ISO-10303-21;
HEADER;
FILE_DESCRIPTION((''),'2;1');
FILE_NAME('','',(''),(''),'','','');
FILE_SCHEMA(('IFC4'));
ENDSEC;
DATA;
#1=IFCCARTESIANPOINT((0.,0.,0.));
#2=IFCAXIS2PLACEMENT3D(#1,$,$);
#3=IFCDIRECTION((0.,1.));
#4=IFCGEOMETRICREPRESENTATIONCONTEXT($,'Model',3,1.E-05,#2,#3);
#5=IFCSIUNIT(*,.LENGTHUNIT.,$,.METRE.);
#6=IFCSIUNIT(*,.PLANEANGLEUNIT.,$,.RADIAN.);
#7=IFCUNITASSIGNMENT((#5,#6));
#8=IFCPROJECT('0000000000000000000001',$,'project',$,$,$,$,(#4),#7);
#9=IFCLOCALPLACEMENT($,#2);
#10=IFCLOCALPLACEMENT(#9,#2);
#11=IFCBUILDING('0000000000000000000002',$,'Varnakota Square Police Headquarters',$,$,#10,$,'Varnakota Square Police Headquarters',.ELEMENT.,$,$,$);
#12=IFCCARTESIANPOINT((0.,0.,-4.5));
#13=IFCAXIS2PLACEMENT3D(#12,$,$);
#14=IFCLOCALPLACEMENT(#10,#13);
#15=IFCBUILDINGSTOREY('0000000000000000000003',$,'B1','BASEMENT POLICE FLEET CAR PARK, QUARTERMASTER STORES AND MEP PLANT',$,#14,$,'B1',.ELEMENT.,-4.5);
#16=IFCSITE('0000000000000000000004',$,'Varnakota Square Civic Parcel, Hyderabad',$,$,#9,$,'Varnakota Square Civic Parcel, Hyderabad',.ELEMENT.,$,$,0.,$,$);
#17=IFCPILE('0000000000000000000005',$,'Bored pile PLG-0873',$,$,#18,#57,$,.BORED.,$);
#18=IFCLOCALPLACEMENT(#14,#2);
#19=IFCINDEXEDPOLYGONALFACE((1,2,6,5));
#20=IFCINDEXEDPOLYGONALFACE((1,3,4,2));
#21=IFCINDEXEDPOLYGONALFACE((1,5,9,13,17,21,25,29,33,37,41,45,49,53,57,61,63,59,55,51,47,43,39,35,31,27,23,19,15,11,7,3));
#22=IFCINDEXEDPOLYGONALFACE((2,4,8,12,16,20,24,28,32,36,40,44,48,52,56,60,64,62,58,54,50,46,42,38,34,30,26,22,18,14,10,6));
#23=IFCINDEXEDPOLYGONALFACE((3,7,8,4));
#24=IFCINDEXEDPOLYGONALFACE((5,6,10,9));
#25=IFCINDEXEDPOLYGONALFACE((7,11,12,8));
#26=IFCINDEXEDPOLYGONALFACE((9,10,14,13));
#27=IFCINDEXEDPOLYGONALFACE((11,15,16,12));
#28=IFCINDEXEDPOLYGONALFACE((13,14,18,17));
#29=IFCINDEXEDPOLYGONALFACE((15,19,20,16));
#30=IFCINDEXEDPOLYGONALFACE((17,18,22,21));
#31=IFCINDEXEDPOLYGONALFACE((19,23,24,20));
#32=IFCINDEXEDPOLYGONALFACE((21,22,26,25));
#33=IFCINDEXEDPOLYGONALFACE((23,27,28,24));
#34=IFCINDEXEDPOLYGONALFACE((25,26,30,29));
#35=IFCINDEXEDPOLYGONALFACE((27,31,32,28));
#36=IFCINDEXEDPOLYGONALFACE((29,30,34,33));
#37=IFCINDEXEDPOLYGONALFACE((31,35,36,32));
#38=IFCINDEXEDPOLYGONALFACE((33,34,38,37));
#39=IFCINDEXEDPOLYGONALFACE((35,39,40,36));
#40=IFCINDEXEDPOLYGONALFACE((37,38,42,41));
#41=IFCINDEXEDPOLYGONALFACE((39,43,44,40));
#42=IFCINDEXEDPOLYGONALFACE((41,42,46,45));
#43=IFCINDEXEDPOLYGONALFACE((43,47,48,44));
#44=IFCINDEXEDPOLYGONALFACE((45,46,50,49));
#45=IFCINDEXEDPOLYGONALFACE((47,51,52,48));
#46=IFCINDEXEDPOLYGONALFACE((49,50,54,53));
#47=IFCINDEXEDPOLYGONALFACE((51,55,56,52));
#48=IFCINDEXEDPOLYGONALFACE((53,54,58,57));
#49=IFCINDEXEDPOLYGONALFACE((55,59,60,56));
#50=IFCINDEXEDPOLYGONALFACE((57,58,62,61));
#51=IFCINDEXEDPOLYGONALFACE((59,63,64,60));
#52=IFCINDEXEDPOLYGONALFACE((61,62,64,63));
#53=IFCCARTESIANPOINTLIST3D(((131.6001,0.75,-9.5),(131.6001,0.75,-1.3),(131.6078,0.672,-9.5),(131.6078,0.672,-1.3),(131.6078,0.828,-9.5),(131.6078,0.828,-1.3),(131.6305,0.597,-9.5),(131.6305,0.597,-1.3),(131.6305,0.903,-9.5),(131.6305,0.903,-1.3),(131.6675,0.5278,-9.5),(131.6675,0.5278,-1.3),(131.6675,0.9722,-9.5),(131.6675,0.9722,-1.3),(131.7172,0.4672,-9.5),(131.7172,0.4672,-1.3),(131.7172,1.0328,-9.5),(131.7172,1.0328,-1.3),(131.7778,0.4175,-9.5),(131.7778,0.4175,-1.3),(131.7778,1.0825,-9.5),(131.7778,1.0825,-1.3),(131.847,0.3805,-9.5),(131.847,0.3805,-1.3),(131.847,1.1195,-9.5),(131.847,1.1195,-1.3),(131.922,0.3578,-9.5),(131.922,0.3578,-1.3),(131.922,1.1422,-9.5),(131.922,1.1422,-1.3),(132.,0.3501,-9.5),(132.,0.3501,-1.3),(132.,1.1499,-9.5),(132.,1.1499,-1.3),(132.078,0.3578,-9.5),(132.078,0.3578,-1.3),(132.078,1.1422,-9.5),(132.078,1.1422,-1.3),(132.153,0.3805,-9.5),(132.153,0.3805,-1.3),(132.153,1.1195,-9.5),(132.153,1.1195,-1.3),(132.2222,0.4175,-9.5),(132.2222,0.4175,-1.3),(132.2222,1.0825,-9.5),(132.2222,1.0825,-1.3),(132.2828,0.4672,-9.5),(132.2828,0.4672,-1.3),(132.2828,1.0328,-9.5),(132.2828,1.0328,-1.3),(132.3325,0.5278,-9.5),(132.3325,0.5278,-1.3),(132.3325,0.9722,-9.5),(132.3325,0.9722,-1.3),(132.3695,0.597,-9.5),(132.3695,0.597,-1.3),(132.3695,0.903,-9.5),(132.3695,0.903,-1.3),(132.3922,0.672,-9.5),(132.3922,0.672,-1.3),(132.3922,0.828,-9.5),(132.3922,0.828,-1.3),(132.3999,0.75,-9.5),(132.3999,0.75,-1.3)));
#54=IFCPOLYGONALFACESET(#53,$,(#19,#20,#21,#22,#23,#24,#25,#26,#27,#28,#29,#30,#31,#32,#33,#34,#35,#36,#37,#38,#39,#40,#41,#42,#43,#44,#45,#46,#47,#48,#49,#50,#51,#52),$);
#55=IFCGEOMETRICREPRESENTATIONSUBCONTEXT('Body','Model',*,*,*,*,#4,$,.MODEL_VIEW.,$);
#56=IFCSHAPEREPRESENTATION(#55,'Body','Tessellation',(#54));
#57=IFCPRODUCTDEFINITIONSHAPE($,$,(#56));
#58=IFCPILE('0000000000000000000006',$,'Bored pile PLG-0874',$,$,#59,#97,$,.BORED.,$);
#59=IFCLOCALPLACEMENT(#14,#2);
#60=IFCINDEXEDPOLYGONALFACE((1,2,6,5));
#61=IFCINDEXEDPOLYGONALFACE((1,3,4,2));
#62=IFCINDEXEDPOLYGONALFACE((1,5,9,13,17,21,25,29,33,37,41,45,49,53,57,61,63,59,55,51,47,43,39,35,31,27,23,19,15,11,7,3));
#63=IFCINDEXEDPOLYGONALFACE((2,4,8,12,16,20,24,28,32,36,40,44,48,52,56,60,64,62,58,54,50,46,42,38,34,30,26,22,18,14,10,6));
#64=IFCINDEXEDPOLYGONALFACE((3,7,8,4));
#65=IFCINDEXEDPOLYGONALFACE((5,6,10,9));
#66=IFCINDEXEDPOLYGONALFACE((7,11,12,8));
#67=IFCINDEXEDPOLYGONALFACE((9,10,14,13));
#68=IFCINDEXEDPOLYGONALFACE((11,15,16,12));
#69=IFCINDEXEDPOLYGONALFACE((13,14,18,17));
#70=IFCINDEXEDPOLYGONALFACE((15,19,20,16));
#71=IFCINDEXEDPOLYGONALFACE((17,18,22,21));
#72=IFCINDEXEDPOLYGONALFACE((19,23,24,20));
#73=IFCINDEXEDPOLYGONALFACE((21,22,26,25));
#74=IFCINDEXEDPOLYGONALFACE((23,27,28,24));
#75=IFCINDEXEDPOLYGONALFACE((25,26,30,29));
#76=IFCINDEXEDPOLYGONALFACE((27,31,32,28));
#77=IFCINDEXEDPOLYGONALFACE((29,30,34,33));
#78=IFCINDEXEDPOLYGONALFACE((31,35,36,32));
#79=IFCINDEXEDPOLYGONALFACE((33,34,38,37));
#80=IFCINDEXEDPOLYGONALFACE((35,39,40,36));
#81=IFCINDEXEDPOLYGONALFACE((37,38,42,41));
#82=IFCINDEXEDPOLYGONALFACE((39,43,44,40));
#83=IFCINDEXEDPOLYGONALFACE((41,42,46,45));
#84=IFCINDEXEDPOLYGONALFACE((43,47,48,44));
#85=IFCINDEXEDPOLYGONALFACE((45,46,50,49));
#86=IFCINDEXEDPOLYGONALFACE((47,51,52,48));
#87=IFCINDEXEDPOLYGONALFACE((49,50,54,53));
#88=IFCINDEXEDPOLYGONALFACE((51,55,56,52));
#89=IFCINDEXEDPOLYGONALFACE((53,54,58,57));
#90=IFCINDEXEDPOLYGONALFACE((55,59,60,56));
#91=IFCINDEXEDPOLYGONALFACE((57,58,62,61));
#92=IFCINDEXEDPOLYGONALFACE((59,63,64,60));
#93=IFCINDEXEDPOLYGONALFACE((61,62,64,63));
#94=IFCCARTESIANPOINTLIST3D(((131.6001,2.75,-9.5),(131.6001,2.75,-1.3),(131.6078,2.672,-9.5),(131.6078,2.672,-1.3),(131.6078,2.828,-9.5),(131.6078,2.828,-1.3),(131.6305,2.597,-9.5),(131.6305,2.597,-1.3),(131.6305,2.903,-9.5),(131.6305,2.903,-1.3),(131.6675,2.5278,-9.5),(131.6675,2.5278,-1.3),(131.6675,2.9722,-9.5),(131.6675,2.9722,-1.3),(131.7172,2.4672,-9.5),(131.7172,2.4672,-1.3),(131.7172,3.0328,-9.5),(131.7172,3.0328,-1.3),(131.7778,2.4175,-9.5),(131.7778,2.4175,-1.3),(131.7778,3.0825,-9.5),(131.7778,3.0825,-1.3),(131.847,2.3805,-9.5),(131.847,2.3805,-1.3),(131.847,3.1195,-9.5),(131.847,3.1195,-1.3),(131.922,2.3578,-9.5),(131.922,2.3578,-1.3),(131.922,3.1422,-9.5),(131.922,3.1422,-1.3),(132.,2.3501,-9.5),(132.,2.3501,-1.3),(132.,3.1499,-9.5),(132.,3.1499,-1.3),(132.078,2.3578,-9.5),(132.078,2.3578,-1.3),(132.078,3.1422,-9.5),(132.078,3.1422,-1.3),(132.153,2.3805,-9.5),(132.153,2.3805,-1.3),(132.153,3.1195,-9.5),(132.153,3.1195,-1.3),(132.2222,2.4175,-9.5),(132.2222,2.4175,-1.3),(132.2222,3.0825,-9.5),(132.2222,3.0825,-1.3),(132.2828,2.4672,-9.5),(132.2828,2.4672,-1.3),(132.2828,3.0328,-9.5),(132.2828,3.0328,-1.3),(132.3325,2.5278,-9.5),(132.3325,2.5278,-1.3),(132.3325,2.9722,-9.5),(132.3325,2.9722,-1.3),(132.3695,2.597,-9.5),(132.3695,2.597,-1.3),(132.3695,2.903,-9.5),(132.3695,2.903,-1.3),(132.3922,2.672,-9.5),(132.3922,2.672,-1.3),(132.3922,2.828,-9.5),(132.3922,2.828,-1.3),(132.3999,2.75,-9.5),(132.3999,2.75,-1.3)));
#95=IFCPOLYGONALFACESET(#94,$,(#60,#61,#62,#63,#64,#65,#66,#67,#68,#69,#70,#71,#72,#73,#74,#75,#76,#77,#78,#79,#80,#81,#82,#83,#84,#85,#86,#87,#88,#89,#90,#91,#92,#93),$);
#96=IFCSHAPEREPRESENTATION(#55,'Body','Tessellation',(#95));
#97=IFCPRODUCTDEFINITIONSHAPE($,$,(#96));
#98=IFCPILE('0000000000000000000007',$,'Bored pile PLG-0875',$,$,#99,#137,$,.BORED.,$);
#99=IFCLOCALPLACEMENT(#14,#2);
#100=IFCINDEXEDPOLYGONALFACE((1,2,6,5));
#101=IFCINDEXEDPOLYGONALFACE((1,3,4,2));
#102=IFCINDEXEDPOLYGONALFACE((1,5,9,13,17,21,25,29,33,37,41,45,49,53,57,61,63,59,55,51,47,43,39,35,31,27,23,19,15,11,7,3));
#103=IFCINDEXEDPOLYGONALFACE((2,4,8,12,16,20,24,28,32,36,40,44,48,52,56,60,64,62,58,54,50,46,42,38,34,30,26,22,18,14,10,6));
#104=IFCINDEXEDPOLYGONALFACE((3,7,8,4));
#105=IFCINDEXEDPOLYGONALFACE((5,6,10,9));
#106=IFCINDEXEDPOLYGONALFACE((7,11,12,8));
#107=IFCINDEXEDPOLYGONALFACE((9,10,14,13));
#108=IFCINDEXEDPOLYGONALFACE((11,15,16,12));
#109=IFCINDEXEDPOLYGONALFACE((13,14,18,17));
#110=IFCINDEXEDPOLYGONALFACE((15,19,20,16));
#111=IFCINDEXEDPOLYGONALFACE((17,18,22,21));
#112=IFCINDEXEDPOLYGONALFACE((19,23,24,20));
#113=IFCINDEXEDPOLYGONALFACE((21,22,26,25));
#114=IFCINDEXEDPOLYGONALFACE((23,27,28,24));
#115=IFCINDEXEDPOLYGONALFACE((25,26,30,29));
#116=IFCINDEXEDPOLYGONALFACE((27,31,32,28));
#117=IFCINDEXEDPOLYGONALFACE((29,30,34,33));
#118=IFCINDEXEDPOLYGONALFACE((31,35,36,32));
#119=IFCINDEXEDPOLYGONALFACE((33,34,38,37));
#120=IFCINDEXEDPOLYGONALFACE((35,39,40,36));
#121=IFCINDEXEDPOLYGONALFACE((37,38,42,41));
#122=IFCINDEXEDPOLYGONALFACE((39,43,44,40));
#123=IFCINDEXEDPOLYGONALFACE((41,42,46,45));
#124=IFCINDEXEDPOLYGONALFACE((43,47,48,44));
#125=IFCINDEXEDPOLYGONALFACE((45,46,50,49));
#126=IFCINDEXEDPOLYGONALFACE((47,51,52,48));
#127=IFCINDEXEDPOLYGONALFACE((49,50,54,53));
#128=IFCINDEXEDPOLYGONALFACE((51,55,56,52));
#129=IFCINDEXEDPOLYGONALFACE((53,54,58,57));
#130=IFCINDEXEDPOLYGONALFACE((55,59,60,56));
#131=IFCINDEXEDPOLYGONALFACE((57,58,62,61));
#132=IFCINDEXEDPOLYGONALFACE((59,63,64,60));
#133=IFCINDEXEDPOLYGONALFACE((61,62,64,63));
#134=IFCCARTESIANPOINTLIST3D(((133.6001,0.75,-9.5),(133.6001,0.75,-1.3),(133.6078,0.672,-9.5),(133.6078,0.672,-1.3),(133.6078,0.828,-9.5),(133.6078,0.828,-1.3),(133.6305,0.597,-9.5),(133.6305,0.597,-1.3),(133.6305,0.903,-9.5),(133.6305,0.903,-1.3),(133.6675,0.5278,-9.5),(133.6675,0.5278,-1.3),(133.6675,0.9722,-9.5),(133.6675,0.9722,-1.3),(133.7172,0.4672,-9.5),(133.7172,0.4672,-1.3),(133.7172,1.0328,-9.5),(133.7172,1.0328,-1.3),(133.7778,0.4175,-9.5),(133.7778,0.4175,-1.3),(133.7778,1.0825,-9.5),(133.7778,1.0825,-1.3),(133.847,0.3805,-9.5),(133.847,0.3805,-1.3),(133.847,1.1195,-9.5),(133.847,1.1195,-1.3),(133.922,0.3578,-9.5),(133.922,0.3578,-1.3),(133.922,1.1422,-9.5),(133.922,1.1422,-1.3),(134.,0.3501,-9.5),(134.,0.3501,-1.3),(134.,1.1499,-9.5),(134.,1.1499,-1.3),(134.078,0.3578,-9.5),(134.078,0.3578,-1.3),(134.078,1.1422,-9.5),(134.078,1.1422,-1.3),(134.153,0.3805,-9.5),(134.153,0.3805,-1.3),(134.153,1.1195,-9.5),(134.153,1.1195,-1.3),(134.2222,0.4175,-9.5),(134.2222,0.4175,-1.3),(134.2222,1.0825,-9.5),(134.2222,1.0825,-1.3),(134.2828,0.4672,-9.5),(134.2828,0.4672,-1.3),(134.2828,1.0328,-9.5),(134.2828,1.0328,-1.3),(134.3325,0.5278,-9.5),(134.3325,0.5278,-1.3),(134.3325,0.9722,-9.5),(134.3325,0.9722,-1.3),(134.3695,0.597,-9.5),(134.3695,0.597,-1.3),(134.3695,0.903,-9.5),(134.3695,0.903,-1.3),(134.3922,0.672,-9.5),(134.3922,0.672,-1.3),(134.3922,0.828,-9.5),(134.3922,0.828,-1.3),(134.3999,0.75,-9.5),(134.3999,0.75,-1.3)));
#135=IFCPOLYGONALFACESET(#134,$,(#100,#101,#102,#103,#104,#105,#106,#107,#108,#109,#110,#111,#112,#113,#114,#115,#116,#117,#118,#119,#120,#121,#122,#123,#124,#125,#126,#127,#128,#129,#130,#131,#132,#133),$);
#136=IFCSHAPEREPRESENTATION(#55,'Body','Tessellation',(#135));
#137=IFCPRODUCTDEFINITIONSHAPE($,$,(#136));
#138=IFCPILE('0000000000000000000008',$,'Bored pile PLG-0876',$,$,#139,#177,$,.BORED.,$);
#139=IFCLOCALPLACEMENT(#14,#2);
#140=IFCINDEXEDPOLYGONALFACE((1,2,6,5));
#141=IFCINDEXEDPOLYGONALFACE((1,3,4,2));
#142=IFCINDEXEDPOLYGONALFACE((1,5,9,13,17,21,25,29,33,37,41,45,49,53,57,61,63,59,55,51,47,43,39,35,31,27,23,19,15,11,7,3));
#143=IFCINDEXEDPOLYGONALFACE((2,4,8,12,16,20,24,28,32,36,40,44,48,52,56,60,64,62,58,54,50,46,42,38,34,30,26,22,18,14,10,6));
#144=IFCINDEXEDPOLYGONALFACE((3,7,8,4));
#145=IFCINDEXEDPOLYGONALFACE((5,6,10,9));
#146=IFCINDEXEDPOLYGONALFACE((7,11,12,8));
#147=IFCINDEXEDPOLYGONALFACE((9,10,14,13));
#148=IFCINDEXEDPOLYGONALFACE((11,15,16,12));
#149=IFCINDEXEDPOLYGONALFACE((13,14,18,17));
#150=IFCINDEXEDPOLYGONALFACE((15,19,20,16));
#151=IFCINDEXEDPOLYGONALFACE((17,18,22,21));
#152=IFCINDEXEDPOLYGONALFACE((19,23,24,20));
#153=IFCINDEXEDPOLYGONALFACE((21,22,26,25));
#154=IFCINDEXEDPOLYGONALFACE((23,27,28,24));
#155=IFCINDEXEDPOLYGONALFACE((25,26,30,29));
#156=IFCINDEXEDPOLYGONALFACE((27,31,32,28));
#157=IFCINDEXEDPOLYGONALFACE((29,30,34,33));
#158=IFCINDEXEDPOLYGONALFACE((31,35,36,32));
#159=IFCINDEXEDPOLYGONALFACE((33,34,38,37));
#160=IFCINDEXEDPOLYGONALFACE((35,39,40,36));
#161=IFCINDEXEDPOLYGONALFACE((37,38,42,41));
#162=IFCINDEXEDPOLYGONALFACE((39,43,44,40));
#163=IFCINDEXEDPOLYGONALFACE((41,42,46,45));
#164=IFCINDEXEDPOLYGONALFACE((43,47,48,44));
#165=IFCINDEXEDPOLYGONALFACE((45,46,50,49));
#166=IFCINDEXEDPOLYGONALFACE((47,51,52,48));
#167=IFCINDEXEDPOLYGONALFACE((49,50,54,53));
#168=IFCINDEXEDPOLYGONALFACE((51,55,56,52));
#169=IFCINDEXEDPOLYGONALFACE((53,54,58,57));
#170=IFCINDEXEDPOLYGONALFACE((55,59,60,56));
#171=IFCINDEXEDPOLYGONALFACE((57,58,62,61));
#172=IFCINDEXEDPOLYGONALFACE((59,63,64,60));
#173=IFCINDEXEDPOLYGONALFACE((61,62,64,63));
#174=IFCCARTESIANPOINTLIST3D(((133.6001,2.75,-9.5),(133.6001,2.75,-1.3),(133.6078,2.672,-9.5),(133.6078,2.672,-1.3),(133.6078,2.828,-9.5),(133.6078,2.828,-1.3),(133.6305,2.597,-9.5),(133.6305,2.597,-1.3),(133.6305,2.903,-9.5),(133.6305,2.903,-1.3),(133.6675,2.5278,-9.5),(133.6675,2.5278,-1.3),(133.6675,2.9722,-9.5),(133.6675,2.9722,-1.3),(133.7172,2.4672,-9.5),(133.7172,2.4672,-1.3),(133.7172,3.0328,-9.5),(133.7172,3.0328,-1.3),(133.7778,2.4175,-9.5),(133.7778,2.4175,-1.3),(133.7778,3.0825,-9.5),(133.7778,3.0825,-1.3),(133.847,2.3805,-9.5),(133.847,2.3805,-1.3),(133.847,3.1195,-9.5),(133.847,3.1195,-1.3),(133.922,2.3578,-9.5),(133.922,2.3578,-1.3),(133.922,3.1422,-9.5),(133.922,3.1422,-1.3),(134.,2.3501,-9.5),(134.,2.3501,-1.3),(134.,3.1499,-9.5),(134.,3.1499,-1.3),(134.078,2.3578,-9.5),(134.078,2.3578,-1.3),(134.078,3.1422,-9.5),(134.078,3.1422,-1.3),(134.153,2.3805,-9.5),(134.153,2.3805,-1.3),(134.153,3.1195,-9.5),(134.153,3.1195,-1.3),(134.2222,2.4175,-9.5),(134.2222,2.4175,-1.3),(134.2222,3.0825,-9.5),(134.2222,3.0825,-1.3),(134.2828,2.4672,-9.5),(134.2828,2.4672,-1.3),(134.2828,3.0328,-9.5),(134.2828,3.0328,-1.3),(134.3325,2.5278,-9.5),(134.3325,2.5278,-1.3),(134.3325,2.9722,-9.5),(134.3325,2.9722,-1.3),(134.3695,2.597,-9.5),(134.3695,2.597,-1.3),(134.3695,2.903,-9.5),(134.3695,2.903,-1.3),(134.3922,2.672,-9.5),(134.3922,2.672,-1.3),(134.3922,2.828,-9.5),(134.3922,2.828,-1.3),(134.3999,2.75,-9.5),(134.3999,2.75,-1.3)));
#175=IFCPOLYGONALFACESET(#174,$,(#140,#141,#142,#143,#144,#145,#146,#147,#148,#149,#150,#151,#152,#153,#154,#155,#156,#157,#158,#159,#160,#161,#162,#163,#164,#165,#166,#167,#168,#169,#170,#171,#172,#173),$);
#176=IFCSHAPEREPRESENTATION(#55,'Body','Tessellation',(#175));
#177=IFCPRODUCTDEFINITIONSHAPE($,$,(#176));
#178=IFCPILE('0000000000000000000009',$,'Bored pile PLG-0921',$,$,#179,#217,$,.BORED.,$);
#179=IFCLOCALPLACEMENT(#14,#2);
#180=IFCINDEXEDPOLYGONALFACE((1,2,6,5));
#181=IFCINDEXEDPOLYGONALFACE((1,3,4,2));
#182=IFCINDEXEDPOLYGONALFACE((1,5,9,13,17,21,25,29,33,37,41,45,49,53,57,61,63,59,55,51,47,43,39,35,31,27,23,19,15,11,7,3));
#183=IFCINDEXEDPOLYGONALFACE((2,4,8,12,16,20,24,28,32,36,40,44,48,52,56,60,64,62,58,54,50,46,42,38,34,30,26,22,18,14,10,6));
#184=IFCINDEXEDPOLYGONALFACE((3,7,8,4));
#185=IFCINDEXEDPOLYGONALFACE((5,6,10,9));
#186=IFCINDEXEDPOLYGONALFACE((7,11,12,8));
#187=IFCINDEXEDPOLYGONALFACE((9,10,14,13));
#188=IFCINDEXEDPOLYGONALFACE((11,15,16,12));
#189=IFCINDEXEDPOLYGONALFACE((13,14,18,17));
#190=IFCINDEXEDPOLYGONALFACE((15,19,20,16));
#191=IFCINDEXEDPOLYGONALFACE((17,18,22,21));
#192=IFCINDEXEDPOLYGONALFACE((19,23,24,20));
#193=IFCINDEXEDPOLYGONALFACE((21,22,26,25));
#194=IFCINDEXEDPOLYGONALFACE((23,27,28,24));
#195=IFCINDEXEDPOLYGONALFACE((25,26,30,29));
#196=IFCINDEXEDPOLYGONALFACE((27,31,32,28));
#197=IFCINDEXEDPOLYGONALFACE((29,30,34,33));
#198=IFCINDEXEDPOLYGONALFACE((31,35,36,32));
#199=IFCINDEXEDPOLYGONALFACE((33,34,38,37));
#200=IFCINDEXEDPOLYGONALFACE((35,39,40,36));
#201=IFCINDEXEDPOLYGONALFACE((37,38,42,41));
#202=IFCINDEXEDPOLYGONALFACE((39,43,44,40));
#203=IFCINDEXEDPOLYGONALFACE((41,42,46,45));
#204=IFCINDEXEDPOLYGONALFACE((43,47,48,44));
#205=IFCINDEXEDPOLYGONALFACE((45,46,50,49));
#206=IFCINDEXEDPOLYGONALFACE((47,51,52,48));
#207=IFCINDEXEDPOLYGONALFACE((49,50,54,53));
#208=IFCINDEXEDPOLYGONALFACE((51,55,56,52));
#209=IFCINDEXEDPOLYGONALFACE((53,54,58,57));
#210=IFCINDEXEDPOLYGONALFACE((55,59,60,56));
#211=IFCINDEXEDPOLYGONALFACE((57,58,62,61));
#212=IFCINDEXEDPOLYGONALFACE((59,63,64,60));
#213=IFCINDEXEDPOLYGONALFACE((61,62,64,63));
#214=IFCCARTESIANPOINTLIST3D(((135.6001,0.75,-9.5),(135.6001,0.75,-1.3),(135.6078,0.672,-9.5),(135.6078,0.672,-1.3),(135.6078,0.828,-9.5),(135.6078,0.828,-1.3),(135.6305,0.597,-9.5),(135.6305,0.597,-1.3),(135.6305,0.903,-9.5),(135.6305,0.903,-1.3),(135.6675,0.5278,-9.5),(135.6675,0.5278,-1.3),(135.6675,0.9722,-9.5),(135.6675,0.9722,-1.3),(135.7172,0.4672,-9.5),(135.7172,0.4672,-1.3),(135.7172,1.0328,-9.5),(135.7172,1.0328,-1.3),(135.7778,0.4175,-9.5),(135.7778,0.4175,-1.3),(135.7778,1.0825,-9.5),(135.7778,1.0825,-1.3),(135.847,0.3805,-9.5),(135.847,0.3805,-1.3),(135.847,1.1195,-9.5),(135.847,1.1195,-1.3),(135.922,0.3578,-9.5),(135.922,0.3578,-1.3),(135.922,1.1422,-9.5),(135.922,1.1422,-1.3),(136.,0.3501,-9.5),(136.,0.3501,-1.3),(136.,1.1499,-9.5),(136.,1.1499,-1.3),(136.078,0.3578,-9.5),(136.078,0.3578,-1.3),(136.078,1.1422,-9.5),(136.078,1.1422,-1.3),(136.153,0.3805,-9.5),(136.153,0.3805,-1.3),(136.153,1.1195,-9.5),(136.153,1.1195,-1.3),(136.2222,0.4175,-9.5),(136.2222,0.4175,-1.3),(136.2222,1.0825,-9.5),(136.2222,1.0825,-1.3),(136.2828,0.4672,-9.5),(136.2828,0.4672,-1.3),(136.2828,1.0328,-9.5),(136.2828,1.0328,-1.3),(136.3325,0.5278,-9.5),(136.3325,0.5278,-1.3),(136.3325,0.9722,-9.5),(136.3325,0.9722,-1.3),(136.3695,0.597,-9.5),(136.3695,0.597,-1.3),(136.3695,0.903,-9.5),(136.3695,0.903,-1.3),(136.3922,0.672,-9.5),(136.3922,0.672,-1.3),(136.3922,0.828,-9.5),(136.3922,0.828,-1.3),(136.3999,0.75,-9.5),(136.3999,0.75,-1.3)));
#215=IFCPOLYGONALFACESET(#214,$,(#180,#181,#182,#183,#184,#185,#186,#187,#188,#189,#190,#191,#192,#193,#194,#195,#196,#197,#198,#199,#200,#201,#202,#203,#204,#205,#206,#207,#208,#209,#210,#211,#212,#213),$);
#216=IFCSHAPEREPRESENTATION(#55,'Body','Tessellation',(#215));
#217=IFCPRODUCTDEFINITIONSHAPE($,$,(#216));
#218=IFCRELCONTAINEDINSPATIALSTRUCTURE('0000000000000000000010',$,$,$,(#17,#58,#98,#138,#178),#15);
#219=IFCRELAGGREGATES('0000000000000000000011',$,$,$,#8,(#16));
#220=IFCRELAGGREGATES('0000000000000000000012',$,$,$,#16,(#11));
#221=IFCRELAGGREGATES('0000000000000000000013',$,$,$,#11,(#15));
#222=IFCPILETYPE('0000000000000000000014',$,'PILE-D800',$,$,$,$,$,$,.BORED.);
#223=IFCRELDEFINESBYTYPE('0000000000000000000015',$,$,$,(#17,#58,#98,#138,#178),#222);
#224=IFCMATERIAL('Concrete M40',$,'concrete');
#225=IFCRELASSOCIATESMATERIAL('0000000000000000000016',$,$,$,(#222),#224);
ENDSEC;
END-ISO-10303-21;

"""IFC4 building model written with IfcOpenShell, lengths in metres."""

from ifc_helpers import new_model, si_unit, direction, frame, origin, origin_2d, place, context, subcontext, project, spatial, circle, extrude, material, material_profile, profile_set, type_object, element, save


model = new_model("IFC4")

# Units and contexts
model_context = context("Model", 3, precision=1e-05, world=origin(), true_north=direction((0.0, 1.0)))
body_context = subcontext(model_context, "Body", "Model", "MODEL_VIEW")
ifc_project = project(units=[si_unit("LENGTHUNIT", "METRE"), si_unit("PLANEANGLEUNIT", "RADIAN")], contexts=[model_context])

# Site, building, storey
site_placement = place(None, origin())
site = spatial("IfcSite", under=ifc_project, at=site_placement, Name="Varnakota Square Civic Parcel, Hyderabad", LongName="Varnakota Square Civic Parcel, Hyderabad", CompositionType="ELEMENT", RefElevation=0.0)
building_placement = place(site_placement, origin())
building = spatial("IfcBuilding", under=site, at=building_placement, Name="Varnakota Square Police Headquarters", LongName="Varnakota Square Police Headquarters", CompositionType="ELEMENT")
storey_placement = place(building_placement, frame((0.0, 0.0, -4.5)))
storey = spatial("IfcBuildingStorey", under=building, at=storey_placement, Name="B1", Description="BASEMENT POLICE FLEET CAR PARK, QUARTERMASTER STORES AND MEP PLANT", LongName="B1", CompositionType="ELEMENT", Elevation=-4.5)

# Piles
ifc_material_1 = material(Name="Concrete M40", Category="concrete")
ifc_material_profile_1 = material_profile(ifc_material_1, circle(Radius=0.3999, at=origin_2d()), Name="BORED PILE 800")
ifc_profile_set_1 = profile_set([ifc_material_profile_1], Name="Concrete M40")
pile_type = type_object("IfcPileType", Name="PILE-D800", PredefinedType="BORED", material=ifc_profile_set_1)
for number, where, z_axis, x_axis, name in (
    (1, (132.0, 0.75, -1.3), (0.0, 0.0, -1.0), (1.0, 0.0, 0.0), "Bored pile PLG-0873"),
    (2, (132.0, 2.75, -1.3), (0.0, 0.0, -1.0), (1.0, 0.0, 0.0), "Bored pile PLG-0874"),
    (3, (134.0, 0.75, -1.3), (0.0, 0.0, -1.0), (1.0, 0.0, 0.0), "Bored pile PLG-0875"),
    (4, (134.0, 2.75, -1.3), (0.0, 0.0, -1.0), (1.0, 0.0, 0.0), "Bored pile PLG-0876"),
    (5, (136.0, 0.75, -1.3), (0.0, 0.0, -1.0), (1.0, 0.0, 0.0), "Bored pile PLG-0921"),
):
    element("IfcPile", number, at=place(storey_placement, frame(where, z_axis=z_axis, x_axis=x_axis)), inside=storey, type_object=pile_type, Name=name, PredefinedType="BORED", context=body_context, shape_type="SweptSolid", body=[
        extrude(circle(Radius=0.3999, at=origin_2d()), origin(), (0.0, 0.0, 1.0), 8.2),
    ])

save(model, "model.ifc")
